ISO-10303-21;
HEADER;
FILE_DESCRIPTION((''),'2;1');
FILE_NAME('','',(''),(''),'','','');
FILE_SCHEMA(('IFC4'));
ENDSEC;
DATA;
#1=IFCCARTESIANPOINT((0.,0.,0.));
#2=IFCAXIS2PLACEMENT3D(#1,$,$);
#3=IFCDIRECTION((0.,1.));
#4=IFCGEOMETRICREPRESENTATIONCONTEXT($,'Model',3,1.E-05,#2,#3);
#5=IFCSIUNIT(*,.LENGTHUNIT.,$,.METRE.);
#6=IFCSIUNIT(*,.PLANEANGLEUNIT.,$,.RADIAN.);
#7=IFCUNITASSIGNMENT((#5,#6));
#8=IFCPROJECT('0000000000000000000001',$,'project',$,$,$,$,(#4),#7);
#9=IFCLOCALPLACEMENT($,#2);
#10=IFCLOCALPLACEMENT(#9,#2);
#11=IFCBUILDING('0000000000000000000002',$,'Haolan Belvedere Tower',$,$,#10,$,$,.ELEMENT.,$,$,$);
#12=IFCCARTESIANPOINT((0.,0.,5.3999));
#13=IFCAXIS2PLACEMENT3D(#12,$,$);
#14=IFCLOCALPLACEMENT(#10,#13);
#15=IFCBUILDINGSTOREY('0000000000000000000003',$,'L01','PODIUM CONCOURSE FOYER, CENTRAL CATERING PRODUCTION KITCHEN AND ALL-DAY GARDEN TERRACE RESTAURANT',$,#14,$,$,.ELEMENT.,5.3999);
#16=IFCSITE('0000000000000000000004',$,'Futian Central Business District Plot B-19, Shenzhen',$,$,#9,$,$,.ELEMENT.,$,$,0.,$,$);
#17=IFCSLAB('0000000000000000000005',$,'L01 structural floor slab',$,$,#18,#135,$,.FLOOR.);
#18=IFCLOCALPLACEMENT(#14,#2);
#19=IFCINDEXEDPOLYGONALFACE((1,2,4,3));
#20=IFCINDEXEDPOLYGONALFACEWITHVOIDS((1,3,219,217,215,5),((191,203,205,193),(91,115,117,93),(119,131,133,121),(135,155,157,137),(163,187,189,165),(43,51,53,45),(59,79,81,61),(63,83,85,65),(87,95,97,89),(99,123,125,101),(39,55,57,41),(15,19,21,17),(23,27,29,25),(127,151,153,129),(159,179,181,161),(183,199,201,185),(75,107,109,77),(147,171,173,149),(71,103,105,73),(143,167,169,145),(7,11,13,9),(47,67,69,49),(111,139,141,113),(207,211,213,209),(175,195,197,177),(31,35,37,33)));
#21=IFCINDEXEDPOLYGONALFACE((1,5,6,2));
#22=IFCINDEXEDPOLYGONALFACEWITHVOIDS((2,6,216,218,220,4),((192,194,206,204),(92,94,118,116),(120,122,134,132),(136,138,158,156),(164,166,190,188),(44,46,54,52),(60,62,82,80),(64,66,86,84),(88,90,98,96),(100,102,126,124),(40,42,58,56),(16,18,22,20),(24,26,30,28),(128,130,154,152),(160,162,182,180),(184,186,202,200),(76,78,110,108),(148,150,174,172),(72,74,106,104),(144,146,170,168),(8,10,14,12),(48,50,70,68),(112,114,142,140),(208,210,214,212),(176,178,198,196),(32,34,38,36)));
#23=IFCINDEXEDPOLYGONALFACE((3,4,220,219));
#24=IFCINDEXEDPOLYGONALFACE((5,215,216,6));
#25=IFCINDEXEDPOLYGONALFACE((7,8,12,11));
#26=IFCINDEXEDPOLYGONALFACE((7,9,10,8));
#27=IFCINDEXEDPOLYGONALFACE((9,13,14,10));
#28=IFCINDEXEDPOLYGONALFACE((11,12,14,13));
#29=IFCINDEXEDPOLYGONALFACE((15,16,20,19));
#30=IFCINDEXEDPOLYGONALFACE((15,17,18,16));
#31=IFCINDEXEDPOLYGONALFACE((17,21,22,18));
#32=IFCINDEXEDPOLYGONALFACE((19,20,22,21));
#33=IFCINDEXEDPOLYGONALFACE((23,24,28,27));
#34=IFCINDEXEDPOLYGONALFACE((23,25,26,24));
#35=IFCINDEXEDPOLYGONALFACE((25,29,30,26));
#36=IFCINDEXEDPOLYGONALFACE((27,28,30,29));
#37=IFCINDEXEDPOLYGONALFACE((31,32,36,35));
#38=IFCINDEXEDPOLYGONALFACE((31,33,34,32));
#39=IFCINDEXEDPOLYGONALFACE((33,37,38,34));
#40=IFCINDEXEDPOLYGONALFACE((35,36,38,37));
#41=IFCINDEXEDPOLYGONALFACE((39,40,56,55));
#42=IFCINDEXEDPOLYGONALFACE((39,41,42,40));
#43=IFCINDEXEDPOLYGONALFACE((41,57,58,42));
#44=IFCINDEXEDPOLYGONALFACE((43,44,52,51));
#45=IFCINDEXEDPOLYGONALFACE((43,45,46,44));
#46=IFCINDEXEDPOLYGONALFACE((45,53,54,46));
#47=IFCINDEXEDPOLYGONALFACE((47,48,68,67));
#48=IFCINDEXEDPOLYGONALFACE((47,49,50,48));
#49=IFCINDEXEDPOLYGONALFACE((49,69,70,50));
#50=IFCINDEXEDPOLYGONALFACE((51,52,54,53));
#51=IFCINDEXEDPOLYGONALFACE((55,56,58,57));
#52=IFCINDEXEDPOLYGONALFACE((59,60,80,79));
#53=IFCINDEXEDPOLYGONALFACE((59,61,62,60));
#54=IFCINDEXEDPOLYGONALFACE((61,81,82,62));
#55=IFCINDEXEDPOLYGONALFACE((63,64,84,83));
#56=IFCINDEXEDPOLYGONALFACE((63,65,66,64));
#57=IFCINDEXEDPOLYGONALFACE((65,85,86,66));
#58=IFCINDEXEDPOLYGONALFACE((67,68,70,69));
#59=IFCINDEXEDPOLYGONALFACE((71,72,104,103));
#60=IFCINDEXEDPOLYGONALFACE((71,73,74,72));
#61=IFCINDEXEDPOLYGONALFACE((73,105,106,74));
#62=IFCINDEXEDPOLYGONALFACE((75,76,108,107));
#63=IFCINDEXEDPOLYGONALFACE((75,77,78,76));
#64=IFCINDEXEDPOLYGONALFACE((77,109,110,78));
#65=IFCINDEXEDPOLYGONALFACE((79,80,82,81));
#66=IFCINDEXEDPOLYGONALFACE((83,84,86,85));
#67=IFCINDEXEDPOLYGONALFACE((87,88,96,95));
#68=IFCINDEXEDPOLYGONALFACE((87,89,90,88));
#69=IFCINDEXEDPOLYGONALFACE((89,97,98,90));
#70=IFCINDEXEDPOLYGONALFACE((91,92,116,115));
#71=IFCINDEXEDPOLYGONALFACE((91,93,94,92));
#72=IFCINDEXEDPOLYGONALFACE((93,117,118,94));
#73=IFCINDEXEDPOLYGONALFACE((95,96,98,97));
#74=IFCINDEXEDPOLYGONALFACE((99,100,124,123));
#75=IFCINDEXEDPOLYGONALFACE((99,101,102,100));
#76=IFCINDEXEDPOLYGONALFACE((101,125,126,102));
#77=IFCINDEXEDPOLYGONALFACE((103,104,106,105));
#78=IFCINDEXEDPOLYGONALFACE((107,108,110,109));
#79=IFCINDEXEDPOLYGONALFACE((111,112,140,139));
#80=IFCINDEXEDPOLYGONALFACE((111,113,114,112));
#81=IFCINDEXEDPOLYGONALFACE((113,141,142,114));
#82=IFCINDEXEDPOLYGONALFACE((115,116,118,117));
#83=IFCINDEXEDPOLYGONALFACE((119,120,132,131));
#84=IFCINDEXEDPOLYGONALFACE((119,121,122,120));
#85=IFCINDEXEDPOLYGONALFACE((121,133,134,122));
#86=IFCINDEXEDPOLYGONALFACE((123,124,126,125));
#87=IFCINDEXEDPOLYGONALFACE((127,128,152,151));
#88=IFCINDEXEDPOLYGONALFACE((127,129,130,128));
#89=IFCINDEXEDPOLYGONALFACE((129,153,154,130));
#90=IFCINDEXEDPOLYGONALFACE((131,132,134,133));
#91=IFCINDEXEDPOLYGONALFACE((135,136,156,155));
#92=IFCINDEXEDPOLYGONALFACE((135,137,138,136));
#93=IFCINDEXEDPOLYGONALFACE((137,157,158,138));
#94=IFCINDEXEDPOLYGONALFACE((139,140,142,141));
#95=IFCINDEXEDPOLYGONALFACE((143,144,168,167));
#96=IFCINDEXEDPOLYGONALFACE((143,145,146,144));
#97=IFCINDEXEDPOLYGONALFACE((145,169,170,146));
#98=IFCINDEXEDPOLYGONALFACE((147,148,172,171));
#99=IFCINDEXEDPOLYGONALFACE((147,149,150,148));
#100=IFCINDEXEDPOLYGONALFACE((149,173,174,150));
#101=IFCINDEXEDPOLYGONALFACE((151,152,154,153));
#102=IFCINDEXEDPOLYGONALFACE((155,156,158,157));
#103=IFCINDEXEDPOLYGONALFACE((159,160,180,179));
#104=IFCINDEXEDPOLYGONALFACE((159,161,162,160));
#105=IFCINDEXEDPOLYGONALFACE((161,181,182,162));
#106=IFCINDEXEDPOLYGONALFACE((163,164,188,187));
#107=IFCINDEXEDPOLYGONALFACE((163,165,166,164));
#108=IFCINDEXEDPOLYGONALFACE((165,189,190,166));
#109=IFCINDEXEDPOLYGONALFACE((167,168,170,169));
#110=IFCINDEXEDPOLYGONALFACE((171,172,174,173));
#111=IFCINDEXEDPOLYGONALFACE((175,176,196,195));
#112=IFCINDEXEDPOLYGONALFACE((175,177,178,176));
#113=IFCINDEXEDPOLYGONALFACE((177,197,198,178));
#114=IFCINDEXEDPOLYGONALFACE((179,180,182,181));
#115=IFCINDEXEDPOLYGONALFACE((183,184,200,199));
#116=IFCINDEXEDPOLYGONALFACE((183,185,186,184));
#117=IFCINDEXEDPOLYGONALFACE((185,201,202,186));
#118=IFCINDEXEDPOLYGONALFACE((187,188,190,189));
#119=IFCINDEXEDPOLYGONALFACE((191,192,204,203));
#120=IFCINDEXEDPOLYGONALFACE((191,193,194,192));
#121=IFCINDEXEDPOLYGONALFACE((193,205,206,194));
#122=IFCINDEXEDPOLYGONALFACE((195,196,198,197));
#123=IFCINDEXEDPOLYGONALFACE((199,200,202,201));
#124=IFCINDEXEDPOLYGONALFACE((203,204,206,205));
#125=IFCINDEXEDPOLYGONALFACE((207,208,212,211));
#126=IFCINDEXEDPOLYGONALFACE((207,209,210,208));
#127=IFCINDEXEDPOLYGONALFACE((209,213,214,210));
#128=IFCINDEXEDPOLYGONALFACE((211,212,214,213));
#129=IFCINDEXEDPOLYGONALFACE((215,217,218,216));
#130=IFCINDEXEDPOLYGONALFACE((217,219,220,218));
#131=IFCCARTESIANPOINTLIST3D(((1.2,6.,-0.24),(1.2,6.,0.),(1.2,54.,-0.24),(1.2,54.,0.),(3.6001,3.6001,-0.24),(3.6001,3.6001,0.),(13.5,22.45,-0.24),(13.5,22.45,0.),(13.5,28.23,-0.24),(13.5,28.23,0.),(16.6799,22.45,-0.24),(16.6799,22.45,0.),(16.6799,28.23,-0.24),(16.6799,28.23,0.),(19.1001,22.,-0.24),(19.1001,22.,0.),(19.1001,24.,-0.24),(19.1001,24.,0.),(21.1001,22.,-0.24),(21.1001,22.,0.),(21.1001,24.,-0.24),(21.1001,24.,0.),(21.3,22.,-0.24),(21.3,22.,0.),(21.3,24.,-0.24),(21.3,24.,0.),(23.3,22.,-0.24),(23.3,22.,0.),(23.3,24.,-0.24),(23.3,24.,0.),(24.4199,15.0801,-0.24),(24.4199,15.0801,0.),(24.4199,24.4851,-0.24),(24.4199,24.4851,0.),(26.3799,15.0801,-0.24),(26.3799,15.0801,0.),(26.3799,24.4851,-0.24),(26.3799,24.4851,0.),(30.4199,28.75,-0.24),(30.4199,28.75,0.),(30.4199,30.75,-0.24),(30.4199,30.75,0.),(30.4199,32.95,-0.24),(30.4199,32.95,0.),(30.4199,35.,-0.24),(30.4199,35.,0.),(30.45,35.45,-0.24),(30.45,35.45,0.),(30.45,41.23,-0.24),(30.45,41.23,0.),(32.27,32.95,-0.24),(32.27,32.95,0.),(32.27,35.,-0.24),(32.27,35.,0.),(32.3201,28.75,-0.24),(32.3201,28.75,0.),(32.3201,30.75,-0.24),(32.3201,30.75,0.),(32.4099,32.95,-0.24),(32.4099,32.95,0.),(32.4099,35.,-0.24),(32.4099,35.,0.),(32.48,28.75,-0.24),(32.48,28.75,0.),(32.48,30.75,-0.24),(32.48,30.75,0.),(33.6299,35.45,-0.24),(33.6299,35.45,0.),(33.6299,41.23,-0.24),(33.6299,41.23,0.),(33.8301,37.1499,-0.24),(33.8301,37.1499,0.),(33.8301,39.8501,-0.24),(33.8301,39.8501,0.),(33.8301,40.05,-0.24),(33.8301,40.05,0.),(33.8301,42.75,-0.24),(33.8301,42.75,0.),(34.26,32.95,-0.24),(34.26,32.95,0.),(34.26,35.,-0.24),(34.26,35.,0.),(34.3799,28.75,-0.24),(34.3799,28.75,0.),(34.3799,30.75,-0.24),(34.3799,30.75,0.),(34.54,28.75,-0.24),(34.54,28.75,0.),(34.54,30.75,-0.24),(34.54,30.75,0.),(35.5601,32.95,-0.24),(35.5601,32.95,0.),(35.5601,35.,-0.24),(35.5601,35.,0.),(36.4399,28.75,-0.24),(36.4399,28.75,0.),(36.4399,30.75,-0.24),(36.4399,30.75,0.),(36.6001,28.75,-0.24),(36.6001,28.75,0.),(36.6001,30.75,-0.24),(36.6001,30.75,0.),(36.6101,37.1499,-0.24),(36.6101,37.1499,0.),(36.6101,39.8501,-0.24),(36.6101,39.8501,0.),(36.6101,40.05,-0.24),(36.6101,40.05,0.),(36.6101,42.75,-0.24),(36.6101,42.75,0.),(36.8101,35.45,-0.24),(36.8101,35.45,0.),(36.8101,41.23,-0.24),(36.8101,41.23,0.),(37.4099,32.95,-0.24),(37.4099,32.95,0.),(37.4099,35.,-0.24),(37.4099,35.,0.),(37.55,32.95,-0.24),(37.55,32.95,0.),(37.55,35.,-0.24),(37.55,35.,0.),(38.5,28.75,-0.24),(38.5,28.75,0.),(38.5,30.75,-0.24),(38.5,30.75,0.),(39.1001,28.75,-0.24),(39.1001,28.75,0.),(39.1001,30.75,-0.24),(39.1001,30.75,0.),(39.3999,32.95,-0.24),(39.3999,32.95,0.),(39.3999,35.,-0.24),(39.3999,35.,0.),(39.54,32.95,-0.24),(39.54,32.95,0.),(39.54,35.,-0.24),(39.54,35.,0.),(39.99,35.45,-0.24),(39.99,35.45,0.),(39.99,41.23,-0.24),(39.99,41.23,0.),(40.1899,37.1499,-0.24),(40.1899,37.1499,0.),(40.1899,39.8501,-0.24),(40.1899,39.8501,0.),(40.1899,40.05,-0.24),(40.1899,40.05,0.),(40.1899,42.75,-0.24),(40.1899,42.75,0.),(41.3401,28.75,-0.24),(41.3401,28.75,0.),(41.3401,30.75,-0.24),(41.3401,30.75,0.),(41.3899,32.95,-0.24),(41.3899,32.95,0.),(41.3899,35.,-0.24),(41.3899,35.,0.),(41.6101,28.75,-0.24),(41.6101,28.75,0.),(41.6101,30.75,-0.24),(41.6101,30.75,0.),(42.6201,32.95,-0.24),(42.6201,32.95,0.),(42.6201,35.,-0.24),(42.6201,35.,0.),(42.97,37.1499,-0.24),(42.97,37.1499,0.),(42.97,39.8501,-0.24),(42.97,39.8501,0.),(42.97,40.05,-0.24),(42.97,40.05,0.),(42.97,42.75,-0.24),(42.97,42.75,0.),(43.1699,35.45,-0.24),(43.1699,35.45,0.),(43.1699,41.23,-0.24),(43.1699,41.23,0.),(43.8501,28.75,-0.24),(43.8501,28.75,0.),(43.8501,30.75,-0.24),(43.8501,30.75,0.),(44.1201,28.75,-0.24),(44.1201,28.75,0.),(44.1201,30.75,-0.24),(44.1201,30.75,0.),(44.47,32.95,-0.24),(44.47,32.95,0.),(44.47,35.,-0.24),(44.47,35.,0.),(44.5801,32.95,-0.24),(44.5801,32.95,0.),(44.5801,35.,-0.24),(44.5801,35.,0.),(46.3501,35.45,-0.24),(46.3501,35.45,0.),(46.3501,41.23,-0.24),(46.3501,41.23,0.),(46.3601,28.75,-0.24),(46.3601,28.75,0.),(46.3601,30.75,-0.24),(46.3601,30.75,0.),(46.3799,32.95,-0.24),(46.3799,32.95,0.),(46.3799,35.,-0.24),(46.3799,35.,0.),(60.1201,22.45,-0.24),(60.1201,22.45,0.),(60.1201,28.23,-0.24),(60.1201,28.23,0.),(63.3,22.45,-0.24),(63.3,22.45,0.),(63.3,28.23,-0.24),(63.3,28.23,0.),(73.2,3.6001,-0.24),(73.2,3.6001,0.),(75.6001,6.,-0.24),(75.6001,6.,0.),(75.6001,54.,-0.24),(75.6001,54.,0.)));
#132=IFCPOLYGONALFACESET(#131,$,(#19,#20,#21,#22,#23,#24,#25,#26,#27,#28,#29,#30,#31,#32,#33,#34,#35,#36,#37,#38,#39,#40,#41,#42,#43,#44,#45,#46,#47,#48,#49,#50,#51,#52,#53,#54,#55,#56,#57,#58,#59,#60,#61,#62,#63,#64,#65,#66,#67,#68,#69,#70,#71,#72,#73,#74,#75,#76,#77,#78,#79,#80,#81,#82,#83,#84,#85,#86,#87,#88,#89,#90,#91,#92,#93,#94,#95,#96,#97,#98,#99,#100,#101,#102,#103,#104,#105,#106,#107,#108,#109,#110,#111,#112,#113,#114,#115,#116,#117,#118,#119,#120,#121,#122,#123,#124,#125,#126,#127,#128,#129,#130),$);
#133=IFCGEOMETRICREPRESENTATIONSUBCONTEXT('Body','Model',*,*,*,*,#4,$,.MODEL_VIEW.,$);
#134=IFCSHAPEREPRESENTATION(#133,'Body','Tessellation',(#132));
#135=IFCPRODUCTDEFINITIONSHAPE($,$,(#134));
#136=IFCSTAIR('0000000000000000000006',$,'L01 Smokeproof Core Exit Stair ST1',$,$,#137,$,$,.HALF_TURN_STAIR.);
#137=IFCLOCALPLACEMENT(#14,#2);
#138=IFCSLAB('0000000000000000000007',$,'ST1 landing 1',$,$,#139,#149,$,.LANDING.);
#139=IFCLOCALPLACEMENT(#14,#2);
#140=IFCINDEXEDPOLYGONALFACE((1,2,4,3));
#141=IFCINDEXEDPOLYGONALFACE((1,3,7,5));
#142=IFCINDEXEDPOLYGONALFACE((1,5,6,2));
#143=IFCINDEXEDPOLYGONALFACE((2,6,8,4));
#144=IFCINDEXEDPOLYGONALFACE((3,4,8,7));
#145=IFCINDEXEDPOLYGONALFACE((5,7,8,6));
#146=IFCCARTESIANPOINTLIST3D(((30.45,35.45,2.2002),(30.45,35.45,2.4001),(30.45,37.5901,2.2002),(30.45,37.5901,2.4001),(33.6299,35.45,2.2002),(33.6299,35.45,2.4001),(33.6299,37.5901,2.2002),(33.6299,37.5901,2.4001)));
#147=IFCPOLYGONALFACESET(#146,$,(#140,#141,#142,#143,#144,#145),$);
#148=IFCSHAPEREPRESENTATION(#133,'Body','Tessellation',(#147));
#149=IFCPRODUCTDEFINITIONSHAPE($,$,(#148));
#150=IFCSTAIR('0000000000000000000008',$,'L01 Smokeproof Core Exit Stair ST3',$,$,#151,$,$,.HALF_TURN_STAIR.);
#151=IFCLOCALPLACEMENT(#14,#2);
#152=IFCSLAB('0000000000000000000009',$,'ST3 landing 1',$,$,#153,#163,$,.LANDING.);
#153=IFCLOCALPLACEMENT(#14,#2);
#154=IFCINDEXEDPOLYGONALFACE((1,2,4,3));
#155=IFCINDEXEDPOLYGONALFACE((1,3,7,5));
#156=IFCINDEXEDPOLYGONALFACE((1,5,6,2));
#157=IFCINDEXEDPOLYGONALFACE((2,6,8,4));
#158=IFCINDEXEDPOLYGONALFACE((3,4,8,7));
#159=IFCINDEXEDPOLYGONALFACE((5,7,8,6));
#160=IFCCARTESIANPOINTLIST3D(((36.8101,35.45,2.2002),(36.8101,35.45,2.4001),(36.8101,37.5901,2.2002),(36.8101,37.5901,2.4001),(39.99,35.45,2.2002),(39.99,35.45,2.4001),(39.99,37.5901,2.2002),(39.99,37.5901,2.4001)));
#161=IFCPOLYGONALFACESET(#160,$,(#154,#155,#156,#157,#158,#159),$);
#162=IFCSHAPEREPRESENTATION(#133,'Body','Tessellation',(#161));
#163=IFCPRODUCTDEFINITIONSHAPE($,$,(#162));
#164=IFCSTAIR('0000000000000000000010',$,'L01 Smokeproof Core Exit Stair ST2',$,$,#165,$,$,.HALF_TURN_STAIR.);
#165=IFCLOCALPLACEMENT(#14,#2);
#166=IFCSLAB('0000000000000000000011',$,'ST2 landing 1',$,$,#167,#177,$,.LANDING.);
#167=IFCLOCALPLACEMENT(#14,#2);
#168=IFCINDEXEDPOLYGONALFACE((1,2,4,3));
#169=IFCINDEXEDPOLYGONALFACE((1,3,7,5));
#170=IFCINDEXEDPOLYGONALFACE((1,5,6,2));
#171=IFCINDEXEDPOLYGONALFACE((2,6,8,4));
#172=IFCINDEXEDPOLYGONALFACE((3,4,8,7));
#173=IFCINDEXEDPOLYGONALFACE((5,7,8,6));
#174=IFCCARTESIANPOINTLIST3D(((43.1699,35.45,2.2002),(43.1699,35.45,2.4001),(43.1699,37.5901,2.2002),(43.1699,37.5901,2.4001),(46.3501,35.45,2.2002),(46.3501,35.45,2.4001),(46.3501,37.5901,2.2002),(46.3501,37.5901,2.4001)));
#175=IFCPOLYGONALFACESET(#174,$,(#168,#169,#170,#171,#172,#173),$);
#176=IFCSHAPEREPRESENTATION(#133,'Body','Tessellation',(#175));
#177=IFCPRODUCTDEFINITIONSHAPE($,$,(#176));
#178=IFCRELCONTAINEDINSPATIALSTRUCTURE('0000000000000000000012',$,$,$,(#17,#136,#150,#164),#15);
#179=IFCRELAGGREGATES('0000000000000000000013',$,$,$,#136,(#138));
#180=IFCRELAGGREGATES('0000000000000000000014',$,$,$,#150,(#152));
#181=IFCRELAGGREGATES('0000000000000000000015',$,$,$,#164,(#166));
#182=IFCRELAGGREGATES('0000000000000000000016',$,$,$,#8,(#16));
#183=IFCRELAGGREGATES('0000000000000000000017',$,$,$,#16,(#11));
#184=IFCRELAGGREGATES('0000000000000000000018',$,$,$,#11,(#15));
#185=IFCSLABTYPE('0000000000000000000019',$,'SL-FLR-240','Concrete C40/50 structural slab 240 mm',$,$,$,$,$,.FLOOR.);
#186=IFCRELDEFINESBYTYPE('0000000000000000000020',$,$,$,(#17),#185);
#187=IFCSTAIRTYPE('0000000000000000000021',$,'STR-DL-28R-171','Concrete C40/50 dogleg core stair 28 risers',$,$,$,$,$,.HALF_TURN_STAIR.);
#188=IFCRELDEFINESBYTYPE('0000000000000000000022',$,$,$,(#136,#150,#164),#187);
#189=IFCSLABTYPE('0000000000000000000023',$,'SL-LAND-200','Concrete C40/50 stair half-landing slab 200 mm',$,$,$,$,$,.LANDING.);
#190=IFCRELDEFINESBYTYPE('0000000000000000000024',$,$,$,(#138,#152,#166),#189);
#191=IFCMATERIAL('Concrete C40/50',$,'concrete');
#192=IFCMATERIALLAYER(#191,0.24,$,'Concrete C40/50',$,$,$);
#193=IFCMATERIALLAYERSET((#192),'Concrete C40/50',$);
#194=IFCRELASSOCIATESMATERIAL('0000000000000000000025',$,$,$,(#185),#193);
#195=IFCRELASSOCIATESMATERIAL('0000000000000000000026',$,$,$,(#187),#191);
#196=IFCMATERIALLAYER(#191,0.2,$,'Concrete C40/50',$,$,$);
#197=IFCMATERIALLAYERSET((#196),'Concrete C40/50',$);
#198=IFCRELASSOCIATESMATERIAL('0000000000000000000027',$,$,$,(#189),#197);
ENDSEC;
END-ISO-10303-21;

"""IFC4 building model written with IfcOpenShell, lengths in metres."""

from ifc_helpers import new_model, si_unit, direction, frame, origin, place, context, subcontext, project, spatial, polyline, outline, extrude, material, layer, layer_set, type_object, element, aggregate, save


model = new_model("IFC4")

# Units and contexts
model_context = context("Model", 3, precision=1e-05, world=origin(), true_north=direction((0.0, 1.0)))
body_context = subcontext(model_context, "Body", "Model", "MODEL_VIEW")
ifc_project = project(units=[si_unit("LENGTHUNIT", "METRE"), si_unit("PLANEANGLEUNIT", "RADIAN")], contexts=[model_context])

# Site, building, storey
site_placement = place(None, origin())
site = spatial("IfcSite", under=ifc_project, at=site_placement, Name="Futian Central Business District Plot B-19, Shenzhen", CompositionType="ELEMENT", RefElevation=0.0)
building_placement = place(site_placement, origin())
building = spatial("IfcBuilding", under=site, at=building_placement, Name="Haolan Belvedere Tower", CompositionType="ELEMENT")
storey_placement = place(building_placement, frame((0.0, 0.0, 5.3999)))
storey = spatial("IfcBuildingStorey", under=building, at=storey_placement, Name="L01", Description="PODIUM CONCOURSE FOYER, CENTRAL CATERING PRODUCTION KITCHEN AND ALL-DAY GARDEN TERRACE RESTAURANT", CompositionType="ELEMENT", Elevation=5.3999)

# Slab
ifc_material_1 = material(Name="Concrete C40/50", Category="concrete")
ifc_layer_1 = layer(ifc_material_1, 0.24, Name="Concrete C40/50")
ifc_layer_set_1 = layer_set([ifc_layer_1], Name="Concrete C40/50")
slab_type_1 = type_object("IfcSlabType", Name="SL-FLR-240", Description="Concrete C40/50 structural slab 240 mm", PredefinedType="FLOOR", material=ifc_layer_set_1)
slab_1_placement = place(storey_placement, frame((0.0, 0.0, -0.24)))
element("IfcSlab", 1, at=slab_1_placement, inside=storey, type_object=slab_type_1, Name="L01 structural floor slab", PredefinedType="FLOOR", context=body_context, shape_type="SweptSolid", body=[
    extrude(outline(polyline([(3.6001, 3.6001), (73.2, 3.6001), (75.6001, 6.0), (75.6001, 54.0), (1.2, 54.0), (1.2, 6.0), (3.6001, 3.6001)]), holes=[polyline([(30.45, 41.23), (30.45, 35.45), (33.6299, 35.45), (33.6299, 41.23), (30.45, 41.23)]), polyline([(36.8101, 41.23), (36.8101, 35.45), (39.99, 35.45), (39.99, 41.23), (36.8101, 41.23)]), polyline([(43.1699, 41.23), (43.1699, 35.45), (46.3501, 35.45), (46.3501, 41.23), (43.1699, 41.23)]), polyline([(13.5, 28.23), (13.5, 22.45), (16.6799, 22.45), (16.6799, 28.23), (13.5, 28.23)]), polyline([(60.1201, 28.23), (60.1201, 22.45), (63.3, 22.45), (63.3, 28.23), (60.1201, 28.23)]), polyline([(24.4199, 15.0801), (26.3799, 15.0801), (26.3799, 24.4851), (24.4199, 24.4851), (24.4199, 15.0801)]), polyline([(33.8301, 40.05), (36.6101, 40.05), (36.6101, 42.75), (33.8301, 42.75), (33.8301, 40.05)]), polyline([(33.8301, 37.1499), (36.6101, 37.1499), (36.6101, 39.8501), (33.8301, 39.8501), (33.8301, 37.1499)]), polyline([(40.1899, 40.05), (42.97, 40.05), (42.97, 42.75), (40.1899, 42.75), (40.1899, 40.05)]), polyline([(40.1899, 37.1499), (42.97, 37.1499), (42.97, 39.8501), (40.1899, 39.8501), (40.1899, 37.1499)]), polyline([(30.4199, 32.95), (32.27, 32.95), (32.27, 35.0), (30.4199, 35.0), (30.4199, 32.95)]), polyline([(32.4099, 32.95), (34.26, 32.95), (34.26, 35.0), (32.4099, 35.0), (32.4099, 32.95)]), polyline([(35.5601, 32.95), (37.4099, 32.95), (37.4099, 35.0), (35.5601, 35.0), (35.5601, 32.95)]), polyline([(37.55, 32.95), (39.3999, 32.95), (39.3999, 35.0), (37.55, 35.0), (37.55, 32.95)]), polyline([(39.54, 32.95), (41.3899, 32.95), (41.3899, 35.0), (39.54, 35.0), (39.54, 32.95)]), polyline([(42.6201, 32.95), (44.47, 32.95), (44.47, 35.0), (42.6201, 35.0), (42.6201, 32.95)]), polyline([(44.5801, 32.95), (46.3799, 32.95), (46.3799, 35.0), (44.5801, 35.0), (44.5801, 32.95)]), polyline([(30.4199, 28.75), (32.3201, 28.75), (32.3201, 30.75), (30.4199, 30.75), (30.4199, 28.75)]), polyline([(32.48, 28.75), (34.3799, 28.75), (34.3799, 30.75), (32.48, 30.75), (32.48, 28.75)]), polyline([(34.54, 28.75), (36.4399, 28.75), (36.4399, 30.75), (34.54, 30.75), (34.54, 28.75)]), polyline([(36.6001, 28.75), (38.5, 28.75), (38.5, 30.75), (36.6001, 30.75), (36.6001, 28.75)]), polyline([(39.1001, 28.75), (41.3401, 28.75), (41.3401, 30.75), (39.1001, 30.75), (39.1001, 28.75)]), polyline([(41.6101, 28.75), (43.8501, 28.75), (43.8501, 30.75), (41.6101, 30.75), (41.6101, 28.75)]), polyline([(44.1201, 28.75), (46.3601, 28.75), (46.3601, 30.75), (44.1201, 30.75), (44.1201, 28.75)]), polyline([(19.1001, 22.0), (21.1001, 22.0), (21.1001, 24.0), (19.1001, 24.0), (19.1001, 22.0)]), polyline([(21.3, 22.0), (23.3, 22.0), (23.3, 24.0), (21.3, 24.0), (21.3, 22.0)])]), origin(), (0.0, 0.0, 1.0), 0.24),
])

# Stairs, slabs
stair_type = type_object("IfcStairType", Name="STR-DL-28R-171", Description="Concrete C40/50 dogleg core stair 28 risers", PredefinedType="HALF_TURN_STAIR", material=ifc_material_1)
stair_1_placement = place(storey_placement, origin())
stair_1 = element("IfcStair", 2, at=stair_1_placement, inside=storey, type_object=stair_type, Name="L01 Smokeproof Core Exit Stair ST1", PredefinedType="HALF_TURN_STAIR")
ifc_layer_2 = layer(ifc_material_1, 0.2, Name="Concrete C40/50")
ifc_layer_set_2 = layer_set([ifc_layer_2], Name="Concrete C40/50")
slab_type_2 = type_object("IfcSlabType", Name="SL-LAND-200", Description="Concrete C40/50 stair half-landing slab 200 mm", PredefinedType="LANDING", material=ifc_layer_set_2)
slab_2_placement = place(storey_placement, frame((0.0, 0.0, 2.2002)))
slab_2 = element("IfcSlab", 3, at=slab_2_placement, type_object=slab_type_2, Name="ST1 landing 1", PredefinedType="LANDING", context=body_context, shape_type="SweptSolid", body=[
    extrude(outline(polyline([(30.45, 37.5901), (30.45, 35.45), (33.6299, 35.45), (33.6299, 37.5901), (30.45, 37.5901)])), origin(), (0.0, 0.0, 1.0), 0.2),
])
aggregate(stair_1, [slab_2])
stair_2_placement = place(storey_placement, origin())
stair_2 = element("IfcStair", 4, at=stair_2_placement, inside=storey, type_object=stair_type, Name="L01 Smokeproof Core Exit Stair ST3", PredefinedType="HALF_TURN_STAIR")
slab_3_placement = place(storey_placement, frame((0.0, 0.0, 2.2002)))
slab_3 = element("IfcSlab", 5, at=slab_3_placement, type_object=slab_type_2, Name="ST3 landing 1", PredefinedType="LANDING", context=body_context, shape_type="SweptSolid", body=[
    extrude(outline(polyline([(36.8101, 37.5901), (36.8101, 35.45), (39.99, 35.45), (39.99, 37.5901), (36.8101, 37.5901)])), origin(), (0.0, 0.0, 1.0), 0.2),
])
aggregate(stair_2, [slab_3])
stair_3_placement = place(storey_placement, origin())
stair_3 = element("IfcStair", 6, at=stair_3_placement, inside=storey, type_object=stair_type, Name="L01 Smokeproof Core Exit Stair ST2", PredefinedType="HALF_TURN_STAIR")
slab_4_placement = place(storey_placement, frame((0.0, 0.0, 2.2002)))
slab_4 = element("IfcSlab", 7, at=slab_4_placement, type_object=slab_type_2, Name="ST2 landing 1", PredefinedType="LANDING", context=body_context, shape_type="SweptSolid", body=[
    extrude(outline(polyline([(43.1699, 37.5901), (43.1699, 35.45), (46.3501, 35.45), (46.3501, 37.5901), (43.1699, 37.5901)])), origin(), (0.0, 0.0, 1.0), 0.2),
])
aggregate(stair_3, [slab_4])

save(model, "model.ifc")
